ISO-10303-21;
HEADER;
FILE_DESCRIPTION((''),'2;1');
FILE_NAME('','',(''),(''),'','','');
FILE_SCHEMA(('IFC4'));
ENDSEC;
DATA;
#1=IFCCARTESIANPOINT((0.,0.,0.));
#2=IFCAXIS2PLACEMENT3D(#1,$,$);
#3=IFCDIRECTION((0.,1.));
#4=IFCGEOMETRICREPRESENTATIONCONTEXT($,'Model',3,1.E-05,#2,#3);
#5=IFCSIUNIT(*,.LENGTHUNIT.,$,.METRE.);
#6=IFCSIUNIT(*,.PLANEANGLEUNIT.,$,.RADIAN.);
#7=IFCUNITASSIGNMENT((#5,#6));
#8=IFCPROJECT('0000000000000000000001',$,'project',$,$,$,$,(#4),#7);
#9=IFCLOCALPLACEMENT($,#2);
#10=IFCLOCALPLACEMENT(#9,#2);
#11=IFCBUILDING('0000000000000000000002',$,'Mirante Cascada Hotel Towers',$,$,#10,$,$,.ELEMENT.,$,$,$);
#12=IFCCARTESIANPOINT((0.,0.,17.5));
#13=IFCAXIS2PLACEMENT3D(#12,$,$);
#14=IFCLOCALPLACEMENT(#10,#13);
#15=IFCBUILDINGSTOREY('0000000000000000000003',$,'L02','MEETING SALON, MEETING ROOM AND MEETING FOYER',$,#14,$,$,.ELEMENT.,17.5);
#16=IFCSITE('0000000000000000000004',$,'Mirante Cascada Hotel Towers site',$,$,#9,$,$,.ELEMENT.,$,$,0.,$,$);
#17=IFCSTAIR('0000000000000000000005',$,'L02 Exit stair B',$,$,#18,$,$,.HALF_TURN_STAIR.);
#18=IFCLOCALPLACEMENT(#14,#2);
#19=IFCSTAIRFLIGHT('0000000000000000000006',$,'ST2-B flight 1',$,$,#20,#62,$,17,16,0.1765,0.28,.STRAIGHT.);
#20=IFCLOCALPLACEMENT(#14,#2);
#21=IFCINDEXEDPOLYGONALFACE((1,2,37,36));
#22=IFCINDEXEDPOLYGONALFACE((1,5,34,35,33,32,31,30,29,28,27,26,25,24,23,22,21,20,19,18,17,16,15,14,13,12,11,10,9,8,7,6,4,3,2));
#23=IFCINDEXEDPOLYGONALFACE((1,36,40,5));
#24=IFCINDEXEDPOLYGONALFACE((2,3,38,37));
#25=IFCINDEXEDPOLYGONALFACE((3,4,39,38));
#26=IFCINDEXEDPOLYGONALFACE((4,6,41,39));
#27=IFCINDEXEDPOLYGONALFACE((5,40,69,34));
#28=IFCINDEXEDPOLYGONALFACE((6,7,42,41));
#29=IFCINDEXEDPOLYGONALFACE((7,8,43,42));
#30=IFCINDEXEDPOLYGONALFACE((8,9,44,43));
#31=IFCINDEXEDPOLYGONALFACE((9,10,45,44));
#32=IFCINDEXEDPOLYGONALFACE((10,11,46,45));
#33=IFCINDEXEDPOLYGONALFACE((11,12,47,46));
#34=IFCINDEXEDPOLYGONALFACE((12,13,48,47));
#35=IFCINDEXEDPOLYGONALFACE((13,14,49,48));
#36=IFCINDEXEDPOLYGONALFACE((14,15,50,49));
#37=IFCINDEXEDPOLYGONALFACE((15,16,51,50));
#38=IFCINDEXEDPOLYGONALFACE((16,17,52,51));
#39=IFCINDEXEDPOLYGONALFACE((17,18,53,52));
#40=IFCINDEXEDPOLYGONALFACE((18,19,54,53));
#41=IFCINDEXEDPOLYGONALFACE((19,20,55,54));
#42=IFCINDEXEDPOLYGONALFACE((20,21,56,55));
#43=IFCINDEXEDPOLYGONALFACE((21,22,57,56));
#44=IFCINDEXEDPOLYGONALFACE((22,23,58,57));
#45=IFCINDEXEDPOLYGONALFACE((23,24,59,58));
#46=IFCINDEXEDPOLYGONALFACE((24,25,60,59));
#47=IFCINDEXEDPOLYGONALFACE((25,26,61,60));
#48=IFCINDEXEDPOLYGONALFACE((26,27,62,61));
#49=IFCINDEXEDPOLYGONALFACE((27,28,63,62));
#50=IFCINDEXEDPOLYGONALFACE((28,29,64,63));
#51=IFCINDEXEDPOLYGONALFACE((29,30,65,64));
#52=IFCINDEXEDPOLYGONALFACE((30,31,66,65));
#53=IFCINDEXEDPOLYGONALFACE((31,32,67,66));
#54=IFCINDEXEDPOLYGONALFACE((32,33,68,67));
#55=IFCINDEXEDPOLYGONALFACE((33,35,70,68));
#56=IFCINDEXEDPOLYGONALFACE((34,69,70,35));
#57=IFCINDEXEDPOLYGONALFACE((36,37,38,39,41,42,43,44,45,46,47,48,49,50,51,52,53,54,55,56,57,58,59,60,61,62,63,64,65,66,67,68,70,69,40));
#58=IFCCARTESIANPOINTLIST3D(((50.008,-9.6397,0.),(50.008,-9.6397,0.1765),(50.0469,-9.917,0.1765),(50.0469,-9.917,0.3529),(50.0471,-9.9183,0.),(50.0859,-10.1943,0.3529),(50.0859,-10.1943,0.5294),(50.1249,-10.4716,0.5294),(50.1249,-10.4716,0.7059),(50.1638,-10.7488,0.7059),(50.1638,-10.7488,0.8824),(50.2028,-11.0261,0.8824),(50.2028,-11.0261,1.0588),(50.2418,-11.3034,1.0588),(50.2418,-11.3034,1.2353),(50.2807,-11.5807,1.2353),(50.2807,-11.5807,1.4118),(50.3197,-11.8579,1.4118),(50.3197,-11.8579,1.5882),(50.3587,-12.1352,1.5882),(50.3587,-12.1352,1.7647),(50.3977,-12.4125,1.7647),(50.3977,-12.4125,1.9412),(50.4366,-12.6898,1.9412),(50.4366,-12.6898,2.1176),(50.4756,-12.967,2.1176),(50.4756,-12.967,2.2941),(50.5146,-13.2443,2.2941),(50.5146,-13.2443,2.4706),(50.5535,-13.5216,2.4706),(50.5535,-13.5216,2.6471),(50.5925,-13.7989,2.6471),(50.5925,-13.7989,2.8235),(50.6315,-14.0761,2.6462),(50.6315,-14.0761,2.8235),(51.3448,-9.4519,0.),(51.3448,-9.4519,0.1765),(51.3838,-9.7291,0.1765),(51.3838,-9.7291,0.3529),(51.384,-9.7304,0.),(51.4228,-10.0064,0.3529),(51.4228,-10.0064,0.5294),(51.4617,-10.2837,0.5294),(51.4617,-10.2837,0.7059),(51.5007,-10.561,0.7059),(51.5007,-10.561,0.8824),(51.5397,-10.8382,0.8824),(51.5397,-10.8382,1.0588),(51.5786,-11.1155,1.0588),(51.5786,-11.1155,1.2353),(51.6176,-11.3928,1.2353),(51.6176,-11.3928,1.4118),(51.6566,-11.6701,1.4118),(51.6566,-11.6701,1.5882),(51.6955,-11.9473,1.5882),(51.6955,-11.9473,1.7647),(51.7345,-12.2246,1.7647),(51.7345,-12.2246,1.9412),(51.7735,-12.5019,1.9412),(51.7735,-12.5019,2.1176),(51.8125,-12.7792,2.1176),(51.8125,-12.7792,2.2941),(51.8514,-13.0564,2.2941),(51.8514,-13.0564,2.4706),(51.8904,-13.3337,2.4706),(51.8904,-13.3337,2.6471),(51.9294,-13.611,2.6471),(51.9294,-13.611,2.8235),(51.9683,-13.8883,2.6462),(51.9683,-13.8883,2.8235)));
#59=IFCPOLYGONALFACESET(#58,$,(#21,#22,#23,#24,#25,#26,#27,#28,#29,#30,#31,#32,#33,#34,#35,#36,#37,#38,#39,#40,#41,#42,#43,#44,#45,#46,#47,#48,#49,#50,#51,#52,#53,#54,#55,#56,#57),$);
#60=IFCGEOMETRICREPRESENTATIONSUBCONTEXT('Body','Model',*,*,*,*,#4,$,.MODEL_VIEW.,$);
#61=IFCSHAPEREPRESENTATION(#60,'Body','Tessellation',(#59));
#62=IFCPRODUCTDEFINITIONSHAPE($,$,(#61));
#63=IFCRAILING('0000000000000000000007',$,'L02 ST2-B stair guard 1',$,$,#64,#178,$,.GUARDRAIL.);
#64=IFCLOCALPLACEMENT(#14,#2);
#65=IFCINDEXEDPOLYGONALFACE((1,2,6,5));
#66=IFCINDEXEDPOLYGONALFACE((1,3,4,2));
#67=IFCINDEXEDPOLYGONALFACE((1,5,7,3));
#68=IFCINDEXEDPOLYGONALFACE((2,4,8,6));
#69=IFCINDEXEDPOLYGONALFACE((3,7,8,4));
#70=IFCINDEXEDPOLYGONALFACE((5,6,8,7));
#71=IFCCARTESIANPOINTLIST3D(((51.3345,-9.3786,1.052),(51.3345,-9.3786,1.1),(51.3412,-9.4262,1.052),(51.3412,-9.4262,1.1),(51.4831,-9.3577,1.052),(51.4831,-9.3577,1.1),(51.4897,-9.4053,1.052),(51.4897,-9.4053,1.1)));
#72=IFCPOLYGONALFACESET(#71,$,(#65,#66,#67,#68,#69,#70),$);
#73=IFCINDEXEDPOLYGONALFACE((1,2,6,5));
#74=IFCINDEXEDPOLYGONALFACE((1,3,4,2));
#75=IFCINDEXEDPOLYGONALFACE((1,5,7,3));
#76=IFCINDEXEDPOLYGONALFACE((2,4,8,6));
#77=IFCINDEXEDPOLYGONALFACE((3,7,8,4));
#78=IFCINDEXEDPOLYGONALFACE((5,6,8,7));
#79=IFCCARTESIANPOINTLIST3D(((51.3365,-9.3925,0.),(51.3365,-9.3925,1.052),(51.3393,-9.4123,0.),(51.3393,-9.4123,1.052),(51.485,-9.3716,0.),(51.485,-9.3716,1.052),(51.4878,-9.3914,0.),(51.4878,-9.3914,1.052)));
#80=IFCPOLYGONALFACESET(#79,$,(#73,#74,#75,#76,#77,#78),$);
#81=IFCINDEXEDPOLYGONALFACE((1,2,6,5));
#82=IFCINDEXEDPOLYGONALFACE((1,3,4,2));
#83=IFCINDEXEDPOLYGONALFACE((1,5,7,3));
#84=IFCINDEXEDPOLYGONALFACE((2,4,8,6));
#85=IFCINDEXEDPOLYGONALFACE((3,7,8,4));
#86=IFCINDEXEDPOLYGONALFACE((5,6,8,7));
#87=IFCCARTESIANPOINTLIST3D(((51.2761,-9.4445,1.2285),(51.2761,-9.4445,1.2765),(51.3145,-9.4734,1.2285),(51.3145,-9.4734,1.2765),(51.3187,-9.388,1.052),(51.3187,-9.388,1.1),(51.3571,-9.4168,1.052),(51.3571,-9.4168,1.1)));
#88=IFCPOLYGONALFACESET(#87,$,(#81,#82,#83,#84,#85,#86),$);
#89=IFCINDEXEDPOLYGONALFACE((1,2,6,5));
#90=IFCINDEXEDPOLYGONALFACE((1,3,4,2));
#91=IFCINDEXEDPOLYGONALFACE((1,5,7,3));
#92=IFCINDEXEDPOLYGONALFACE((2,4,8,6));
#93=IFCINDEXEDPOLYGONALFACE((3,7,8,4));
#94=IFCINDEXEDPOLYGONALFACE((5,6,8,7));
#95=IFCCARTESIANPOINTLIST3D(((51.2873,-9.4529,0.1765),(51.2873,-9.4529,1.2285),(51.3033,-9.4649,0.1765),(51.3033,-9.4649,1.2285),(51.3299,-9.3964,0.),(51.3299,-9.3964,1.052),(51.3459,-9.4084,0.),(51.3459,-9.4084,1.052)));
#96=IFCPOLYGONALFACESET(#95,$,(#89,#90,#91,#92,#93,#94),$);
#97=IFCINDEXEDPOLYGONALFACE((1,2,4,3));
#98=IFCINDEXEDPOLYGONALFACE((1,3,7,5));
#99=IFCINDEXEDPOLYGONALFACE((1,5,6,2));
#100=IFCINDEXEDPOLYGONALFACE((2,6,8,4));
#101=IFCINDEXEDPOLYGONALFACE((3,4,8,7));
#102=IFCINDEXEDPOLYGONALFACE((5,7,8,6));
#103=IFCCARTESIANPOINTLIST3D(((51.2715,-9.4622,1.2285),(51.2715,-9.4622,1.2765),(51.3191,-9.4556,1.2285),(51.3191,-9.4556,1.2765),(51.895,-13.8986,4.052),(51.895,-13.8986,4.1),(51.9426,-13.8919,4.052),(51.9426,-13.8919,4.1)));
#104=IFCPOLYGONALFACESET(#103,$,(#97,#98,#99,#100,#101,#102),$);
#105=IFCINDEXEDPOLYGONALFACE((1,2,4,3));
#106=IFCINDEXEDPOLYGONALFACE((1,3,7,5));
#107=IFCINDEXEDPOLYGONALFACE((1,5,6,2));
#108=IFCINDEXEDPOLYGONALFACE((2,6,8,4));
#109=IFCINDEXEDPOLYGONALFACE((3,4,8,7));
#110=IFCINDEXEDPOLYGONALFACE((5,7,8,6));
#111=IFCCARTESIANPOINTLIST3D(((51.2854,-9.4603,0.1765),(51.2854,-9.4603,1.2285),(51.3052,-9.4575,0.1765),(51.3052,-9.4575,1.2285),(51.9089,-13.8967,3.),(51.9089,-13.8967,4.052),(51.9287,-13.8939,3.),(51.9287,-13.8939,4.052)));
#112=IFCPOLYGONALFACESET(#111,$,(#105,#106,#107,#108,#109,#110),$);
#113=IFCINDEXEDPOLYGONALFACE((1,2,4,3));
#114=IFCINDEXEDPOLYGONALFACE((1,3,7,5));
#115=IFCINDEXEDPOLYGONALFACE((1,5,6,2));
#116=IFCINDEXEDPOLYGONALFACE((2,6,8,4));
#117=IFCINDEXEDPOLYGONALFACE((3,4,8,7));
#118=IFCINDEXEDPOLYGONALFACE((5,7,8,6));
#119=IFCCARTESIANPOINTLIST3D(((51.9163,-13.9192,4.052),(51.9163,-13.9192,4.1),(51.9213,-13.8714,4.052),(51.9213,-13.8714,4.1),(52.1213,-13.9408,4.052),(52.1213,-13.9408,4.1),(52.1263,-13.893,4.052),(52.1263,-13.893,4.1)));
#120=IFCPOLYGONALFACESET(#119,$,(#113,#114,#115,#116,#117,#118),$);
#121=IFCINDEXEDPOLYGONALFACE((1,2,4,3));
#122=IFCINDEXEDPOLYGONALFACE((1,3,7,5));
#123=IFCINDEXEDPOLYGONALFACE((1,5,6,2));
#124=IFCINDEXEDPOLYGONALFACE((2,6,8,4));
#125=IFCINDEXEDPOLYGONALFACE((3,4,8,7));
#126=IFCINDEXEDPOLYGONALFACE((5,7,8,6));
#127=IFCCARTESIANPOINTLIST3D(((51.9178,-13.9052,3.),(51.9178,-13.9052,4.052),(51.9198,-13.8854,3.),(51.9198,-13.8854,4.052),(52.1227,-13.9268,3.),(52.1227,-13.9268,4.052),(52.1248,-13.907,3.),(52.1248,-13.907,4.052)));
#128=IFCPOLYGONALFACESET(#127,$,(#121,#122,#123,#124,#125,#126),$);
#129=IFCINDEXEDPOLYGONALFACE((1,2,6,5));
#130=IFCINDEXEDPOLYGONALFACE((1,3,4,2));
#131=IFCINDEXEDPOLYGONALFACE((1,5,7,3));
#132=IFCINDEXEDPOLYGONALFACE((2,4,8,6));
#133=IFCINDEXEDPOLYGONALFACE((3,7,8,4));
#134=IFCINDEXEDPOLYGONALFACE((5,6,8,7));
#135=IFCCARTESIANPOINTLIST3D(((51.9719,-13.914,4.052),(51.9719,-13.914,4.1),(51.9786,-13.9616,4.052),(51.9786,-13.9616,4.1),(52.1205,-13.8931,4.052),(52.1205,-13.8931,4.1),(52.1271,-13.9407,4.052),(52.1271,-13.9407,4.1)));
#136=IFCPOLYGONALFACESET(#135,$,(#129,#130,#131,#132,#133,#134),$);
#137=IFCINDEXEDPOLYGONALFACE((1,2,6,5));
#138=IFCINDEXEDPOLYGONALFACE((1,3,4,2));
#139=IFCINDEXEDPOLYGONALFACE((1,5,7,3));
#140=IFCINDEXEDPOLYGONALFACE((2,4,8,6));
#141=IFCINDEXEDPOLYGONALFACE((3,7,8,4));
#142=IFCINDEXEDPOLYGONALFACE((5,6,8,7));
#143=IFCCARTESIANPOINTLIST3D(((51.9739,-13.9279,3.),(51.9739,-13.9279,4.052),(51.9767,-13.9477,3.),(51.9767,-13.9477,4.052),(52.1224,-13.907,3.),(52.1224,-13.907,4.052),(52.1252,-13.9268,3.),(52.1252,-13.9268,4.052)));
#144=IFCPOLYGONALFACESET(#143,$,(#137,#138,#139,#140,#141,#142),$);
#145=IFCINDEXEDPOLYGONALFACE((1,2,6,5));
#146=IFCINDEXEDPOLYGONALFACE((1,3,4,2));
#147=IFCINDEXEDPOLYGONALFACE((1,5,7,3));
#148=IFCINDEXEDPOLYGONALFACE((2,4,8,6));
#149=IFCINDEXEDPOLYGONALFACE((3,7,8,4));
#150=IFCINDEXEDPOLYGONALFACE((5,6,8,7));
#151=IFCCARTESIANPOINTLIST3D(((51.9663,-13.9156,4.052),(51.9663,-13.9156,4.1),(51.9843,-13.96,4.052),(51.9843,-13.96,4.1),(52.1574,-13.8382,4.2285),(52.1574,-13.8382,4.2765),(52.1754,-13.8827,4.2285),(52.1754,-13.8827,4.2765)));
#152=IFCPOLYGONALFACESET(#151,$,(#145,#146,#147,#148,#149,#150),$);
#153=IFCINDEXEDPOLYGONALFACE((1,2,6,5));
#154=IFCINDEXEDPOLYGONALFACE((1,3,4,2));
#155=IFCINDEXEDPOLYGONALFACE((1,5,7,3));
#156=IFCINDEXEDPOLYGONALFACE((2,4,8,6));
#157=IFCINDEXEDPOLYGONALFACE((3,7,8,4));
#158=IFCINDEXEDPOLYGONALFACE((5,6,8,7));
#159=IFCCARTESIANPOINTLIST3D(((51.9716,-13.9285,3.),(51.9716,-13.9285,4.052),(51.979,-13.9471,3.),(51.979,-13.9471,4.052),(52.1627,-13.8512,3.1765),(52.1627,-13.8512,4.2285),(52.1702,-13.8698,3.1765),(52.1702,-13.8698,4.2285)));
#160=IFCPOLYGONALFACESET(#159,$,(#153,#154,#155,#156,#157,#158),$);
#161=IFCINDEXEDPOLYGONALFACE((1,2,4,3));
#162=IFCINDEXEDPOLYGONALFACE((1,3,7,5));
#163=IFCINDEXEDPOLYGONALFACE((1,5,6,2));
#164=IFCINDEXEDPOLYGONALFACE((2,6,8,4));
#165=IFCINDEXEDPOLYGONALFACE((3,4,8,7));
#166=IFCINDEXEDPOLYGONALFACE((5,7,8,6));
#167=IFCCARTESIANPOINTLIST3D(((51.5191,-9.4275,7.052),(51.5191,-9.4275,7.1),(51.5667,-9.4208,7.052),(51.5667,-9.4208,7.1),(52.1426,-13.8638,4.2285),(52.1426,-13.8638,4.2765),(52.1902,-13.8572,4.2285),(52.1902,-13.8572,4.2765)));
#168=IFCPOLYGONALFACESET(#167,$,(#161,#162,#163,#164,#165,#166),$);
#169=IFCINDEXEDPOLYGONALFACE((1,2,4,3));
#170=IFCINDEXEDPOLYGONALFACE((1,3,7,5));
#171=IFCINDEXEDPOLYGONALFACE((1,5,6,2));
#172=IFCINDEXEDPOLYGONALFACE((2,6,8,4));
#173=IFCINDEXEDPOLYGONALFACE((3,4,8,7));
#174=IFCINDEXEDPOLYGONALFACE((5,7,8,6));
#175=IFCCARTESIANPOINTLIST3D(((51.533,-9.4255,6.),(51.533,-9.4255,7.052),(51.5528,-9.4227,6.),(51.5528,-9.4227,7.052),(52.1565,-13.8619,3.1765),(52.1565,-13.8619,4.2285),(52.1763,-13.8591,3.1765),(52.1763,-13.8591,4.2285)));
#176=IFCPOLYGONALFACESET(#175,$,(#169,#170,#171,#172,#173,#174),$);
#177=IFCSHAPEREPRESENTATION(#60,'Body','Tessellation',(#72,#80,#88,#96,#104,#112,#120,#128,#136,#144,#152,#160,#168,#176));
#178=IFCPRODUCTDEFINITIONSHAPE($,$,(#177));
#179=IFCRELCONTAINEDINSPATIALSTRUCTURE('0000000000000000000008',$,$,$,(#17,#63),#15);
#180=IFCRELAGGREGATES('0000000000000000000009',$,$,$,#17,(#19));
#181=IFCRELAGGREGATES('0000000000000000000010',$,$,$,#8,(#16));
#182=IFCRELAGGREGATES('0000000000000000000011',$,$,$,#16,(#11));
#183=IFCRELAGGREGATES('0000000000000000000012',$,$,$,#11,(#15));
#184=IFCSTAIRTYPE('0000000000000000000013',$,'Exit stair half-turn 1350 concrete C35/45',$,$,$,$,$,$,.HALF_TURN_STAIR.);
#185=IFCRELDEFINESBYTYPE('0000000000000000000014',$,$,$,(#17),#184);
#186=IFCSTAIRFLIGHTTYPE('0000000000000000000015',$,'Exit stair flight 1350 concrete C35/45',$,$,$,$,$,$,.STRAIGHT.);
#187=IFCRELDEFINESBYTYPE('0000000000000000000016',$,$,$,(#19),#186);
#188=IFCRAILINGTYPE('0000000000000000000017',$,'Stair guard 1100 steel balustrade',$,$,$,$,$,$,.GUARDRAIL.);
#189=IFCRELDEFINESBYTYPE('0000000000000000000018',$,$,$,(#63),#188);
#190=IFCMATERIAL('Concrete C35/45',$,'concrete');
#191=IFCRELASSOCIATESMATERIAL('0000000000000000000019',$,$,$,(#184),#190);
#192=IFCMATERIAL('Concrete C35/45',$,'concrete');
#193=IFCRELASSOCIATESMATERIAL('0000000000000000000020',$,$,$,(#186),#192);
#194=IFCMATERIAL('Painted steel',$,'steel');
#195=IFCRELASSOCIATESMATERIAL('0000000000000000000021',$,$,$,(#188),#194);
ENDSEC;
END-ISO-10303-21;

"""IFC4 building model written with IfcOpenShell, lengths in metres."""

from ifc_helpers import new_model, si_unit, direction, frame, origin, origin_2d, place, context, subcontext, project, spatial, polyline, rectangle, outline, extrude, material, type_object, element, aggregate, save


model = new_model("IFC4")

# Units and contexts
model_context = context("Model", 3, precision=1e-05, world=origin(), true_north=direction((0.0, 1.0)))
body_context = subcontext(model_context, "Body", "Model", "MODEL_VIEW")
ifc_project = project(units=[si_unit("LENGTHUNIT", "METRE"), si_unit("PLANEANGLEUNIT", "RADIAN")], contexts=[model_context])

# Site, building, storey
site_placement = place(None, origin())
site = spatial("IfcSite", under=ifc_project, at=site_placement, Name="Mirante Cascada Hotel Towers site", CompositionType="ELEMENT", RefElevation=0.0)
building_placement = place(site_placement, origin())
building = spatial("IfcBuilding", under=site, at=building_placement, Name="Mirante Cascada Hotel Towers", CompositionType="ELEMENT")
storey_placement = place(building_placement, frame((0.0, 0.0, 17.5)))
storey = spatial("IfcBuildingStorey", under=building, at=storey_placement, Name="L02", Description="MEETING SALON, MEETING ROOM AND MEETING FOYER", CompositionType="ELEMENT", Elevation=17.5)

# Stair, stair flight
ifc_material_1 = material(Name="Concrete C35/45", Category="concrete")
stair_type = type_object("IfcStairType", Name="Exit stair half-turn 1350 concrete C35/45", PredefinedType="HALF_TURN_STAIR", material=ifc_material_1)
stair_placement = place(storey_placement, origin())
stair = element("IfcStair", 1, at=stair_placement, inside=storey, type_object=stair_type, Name="L02 Exit stair B", PredefinedType="HALF_TURN_STAIR")
ifc_material_2 = material(Name="Concrete C35/45", Category="concrete")
stair_flight_type = type_object("IfcStairFlightType", Name="Exit stair flight 1350 concrete C35/45", PredefinedType="STRAIGHT", material=ifc_material_2)
stair_flight_placement = place(storey_placement, frame((50.6764, -9.5458, 0.0), z_axis=(0.0, 0.0, 1.0), x_axis=(0.139173, -0.990268, 0.0)))
stair_flight = element("IfcStairFlight", 2, at=stair_flight_placement, type_object=stair_flight_type, Name="ST2-B flight 1", NumberOfRisers=17, NumberOfTreads=16, PredefinedType="STRAIGHT", RiserHeight=0.1765, TreadLength=0.28, context=body_context, shape_type="SweptSolid", body=[
    extrude(outline(polyline([(0.0, 0.0), (0.0, 0.1765), (0.28, 0.1765), (0.28, 0.3529), (0.56, 0.3529), (0.56, 0.5294), (0.84, 0.5294), (0.84, 0.7059), (1.12, 0.7059), (1.12, 0.8824), (1.4, 0.8824), (1.4, 1.0588), (1.68, 1.0588), (1.68, 1.2353), (1.96, 1.2353), (1.96, 1.4118), (2.24, 1.4118), (2.24, 1.5882), (2.52, 1.5882), (2.52, 1.7647), (2.8, 1.7647), (2.8, 1.9412), (3.08, 1.9412), (3.08, 2.1176), (3.36, 2.1176), (3.36, 2.2941), (3.64, 2.2941), (3.64, 2.4706), (3.92, 2.4706), (3.92, 2.6471), (4.2, 2.6471), (4.2, 2.8235), (4.48, 2.8235), (4.48, 3.0), (4.48, 2.6462), (0.2813, 0.0), (0.0, 0.0)])), frame((0.0, 0.675, 0.0), z_axis=(0.0, -1.0, 0.0), x_axis=(1.0, 0.0, 0.0)), (0.0, 0.0, 1.0), 1.35),
])
aggregate(stair, [stair_flight])

# Railing
ifc_material_3 = material(Name="Painted steel", Category="steel")
railing_type_1 = type_object("IfcRailingType", Name="Stair guard 1100 steel balustrade", PredefinedType="GUARDRAIL", material=ifc_material_3)
railing_1_placement = place(storey_placement, frame((51.4864, -9.3815, 0.0)))
element("IfcRailing", 3, at=railing_1_placement, inside=storey, type_object=railing_type_1, Name="L02 ST2-B stair guard 1", PredefinedType="GUARDRAIL", context=body_context, shape_type="SweptSolid", body=[
    extrude(rectangle(XDim=0.048, YDim=0.048, at=origin_2d()), frame((0.0, 0.0, 1.076), z_axis=(-0.990241, -0.139367, 0.0), x_axis=(0.139367, -0.990241, 0.0)), (0.0, 0.0, 1.0), 0.15),
    extrude(rectangle(XDim=0.02, YDim=1.052, at=origin_2d()), frame((0.0, 0.0, 0.526), z_axis=(-0.990241, -0.139367, 0.0), x_axis=(0.139367, -0.990241, 0.0)), (0.0, 0.0, 1.0), 0.15),
    extrude(rectangle(XDim=0.048, YDim=0.048, at=origin_2d()), frame((-0.1485, -0.0209, 1.076), z_axis=(-0.602033, -0.798471, 0.0), x_axis=(0.798471, -0.602033, 0.0)), (0.0, 0.928186, 0.372117), 0.1902),
    extrude(rectangle(XDim=0.02, YDim=1.052, at=origin_2d()), frame((-0.1485, -0.0209, 0.526), z_axis=(-0.602033, -0.798471, 0.0), x_axis=(0.798471, -0.602033, 0.0)), (0.0, 0.928186, 0.372117), 0.1902),
    extrude(rectangle(XDim=0.048, YDim=0.048, at=origin_2d()), frame((-0.1911, -0.0774, 1.2525), z_axis=(0.139174, -0.990268, 0.0), x_axis=(0.990268, 0.139174, 0.0)), (0.0, 0.533186, 0.845998), 5.2955),
    extrude(rectangle(XDim=0.02, YDim=1.052, at=origin_2d()), frame((-0.1911, -0.0774, 0.7025), z_axis=(0.139174, -0.990268, 0.0), x_axis=(0.990268, 0.139174, 0.0)), (0.0, 0.533186, 0.845998), 5.2955),
    extrude(rectangle(XDim=0.048, YDim=0.048, at=origin_2d()), frame((0.4324, -4.5138, 4.076), z_axis=(0.994495, -0.104786, 0.0), x_axis=(0.104786, 0.994495, 0.0)), (0.0, 0.0, 1.0), 0.2061),
    extrude(rectangle(XDim=0.02, YDim=1.052, at=origin_2d()), frame((0.4324, -4.5138, 3.526), z_axis=(0.994495, -0.104786, 0.0), x_axis=(0.104786, 0.994495, 0.0)), (0.0, 0.0, 1.0), 0.2061),
    extrude(rectangle(XDim=0.048, YDim=0.048, at=origin_2d()), frame((0.6374, -4.5354, 4.076), z_axis=(-0.990241, -0.139367, 0.0), x_axis=(0.139367, -0.990241, 0.0)), (0.0, 0.0, 1.0), 0.15),
    extrude(rectangle(XDim=0.02, YDim=1.052, at=origin_2d()), frame((0.6374, -4.5354, 3.526), z_axis=(-0.990241, -0.139367, 0.0), x_axis=(0.139367, -0.990241, 0.0)), (0.0, 0.0, 1.0), 0.15),
    extrude(rectangle(XDim=0.048, YDim=0.048, at=origin_2d()), frame((0.4889, -4.5563, 4.076), z_axis=(0.927031, 0.374984, 0.0), x_axis=(-0.374984, 0.927031, 0.0)), (0.0, 0.650381, 0.759608), 0.2714),
    extrude(rectangle(XDim=0.02, YDim=1.052, at=origin_2d()), frame((0.4889, -4.5563, 3.526), z_axis=(0.927031, 0.374984, 0.0), x_axis=(-0.374984, 0.927031, 0.0)), (0.0, 0.650381, 0.759608), 0.2714),
    extrude(rectangle(XDim=0.048, YDim=0.048, at=origin_2d()), frame((0.68, -4.479, 4.2525), z_axis=(-0.139174, 0.990268, 0.0), x_axis=(-0.990268, -0.139174, 0.0)), (0.0, 0.533186, 0.845998), 5.2955),
    extrude(rectangle(XDim=0.02, YDim=1.052, at=origin_2d()), frame((0.68, -4.479, 3.7025), z_axis=(-0.139174, 0.990268, 0.0), x_axis=(-0.990268, -0.139174, 0.0)), (0.0, 0.533186, 0.845998), 5.2955),
])

save(model, "model.ifc")
